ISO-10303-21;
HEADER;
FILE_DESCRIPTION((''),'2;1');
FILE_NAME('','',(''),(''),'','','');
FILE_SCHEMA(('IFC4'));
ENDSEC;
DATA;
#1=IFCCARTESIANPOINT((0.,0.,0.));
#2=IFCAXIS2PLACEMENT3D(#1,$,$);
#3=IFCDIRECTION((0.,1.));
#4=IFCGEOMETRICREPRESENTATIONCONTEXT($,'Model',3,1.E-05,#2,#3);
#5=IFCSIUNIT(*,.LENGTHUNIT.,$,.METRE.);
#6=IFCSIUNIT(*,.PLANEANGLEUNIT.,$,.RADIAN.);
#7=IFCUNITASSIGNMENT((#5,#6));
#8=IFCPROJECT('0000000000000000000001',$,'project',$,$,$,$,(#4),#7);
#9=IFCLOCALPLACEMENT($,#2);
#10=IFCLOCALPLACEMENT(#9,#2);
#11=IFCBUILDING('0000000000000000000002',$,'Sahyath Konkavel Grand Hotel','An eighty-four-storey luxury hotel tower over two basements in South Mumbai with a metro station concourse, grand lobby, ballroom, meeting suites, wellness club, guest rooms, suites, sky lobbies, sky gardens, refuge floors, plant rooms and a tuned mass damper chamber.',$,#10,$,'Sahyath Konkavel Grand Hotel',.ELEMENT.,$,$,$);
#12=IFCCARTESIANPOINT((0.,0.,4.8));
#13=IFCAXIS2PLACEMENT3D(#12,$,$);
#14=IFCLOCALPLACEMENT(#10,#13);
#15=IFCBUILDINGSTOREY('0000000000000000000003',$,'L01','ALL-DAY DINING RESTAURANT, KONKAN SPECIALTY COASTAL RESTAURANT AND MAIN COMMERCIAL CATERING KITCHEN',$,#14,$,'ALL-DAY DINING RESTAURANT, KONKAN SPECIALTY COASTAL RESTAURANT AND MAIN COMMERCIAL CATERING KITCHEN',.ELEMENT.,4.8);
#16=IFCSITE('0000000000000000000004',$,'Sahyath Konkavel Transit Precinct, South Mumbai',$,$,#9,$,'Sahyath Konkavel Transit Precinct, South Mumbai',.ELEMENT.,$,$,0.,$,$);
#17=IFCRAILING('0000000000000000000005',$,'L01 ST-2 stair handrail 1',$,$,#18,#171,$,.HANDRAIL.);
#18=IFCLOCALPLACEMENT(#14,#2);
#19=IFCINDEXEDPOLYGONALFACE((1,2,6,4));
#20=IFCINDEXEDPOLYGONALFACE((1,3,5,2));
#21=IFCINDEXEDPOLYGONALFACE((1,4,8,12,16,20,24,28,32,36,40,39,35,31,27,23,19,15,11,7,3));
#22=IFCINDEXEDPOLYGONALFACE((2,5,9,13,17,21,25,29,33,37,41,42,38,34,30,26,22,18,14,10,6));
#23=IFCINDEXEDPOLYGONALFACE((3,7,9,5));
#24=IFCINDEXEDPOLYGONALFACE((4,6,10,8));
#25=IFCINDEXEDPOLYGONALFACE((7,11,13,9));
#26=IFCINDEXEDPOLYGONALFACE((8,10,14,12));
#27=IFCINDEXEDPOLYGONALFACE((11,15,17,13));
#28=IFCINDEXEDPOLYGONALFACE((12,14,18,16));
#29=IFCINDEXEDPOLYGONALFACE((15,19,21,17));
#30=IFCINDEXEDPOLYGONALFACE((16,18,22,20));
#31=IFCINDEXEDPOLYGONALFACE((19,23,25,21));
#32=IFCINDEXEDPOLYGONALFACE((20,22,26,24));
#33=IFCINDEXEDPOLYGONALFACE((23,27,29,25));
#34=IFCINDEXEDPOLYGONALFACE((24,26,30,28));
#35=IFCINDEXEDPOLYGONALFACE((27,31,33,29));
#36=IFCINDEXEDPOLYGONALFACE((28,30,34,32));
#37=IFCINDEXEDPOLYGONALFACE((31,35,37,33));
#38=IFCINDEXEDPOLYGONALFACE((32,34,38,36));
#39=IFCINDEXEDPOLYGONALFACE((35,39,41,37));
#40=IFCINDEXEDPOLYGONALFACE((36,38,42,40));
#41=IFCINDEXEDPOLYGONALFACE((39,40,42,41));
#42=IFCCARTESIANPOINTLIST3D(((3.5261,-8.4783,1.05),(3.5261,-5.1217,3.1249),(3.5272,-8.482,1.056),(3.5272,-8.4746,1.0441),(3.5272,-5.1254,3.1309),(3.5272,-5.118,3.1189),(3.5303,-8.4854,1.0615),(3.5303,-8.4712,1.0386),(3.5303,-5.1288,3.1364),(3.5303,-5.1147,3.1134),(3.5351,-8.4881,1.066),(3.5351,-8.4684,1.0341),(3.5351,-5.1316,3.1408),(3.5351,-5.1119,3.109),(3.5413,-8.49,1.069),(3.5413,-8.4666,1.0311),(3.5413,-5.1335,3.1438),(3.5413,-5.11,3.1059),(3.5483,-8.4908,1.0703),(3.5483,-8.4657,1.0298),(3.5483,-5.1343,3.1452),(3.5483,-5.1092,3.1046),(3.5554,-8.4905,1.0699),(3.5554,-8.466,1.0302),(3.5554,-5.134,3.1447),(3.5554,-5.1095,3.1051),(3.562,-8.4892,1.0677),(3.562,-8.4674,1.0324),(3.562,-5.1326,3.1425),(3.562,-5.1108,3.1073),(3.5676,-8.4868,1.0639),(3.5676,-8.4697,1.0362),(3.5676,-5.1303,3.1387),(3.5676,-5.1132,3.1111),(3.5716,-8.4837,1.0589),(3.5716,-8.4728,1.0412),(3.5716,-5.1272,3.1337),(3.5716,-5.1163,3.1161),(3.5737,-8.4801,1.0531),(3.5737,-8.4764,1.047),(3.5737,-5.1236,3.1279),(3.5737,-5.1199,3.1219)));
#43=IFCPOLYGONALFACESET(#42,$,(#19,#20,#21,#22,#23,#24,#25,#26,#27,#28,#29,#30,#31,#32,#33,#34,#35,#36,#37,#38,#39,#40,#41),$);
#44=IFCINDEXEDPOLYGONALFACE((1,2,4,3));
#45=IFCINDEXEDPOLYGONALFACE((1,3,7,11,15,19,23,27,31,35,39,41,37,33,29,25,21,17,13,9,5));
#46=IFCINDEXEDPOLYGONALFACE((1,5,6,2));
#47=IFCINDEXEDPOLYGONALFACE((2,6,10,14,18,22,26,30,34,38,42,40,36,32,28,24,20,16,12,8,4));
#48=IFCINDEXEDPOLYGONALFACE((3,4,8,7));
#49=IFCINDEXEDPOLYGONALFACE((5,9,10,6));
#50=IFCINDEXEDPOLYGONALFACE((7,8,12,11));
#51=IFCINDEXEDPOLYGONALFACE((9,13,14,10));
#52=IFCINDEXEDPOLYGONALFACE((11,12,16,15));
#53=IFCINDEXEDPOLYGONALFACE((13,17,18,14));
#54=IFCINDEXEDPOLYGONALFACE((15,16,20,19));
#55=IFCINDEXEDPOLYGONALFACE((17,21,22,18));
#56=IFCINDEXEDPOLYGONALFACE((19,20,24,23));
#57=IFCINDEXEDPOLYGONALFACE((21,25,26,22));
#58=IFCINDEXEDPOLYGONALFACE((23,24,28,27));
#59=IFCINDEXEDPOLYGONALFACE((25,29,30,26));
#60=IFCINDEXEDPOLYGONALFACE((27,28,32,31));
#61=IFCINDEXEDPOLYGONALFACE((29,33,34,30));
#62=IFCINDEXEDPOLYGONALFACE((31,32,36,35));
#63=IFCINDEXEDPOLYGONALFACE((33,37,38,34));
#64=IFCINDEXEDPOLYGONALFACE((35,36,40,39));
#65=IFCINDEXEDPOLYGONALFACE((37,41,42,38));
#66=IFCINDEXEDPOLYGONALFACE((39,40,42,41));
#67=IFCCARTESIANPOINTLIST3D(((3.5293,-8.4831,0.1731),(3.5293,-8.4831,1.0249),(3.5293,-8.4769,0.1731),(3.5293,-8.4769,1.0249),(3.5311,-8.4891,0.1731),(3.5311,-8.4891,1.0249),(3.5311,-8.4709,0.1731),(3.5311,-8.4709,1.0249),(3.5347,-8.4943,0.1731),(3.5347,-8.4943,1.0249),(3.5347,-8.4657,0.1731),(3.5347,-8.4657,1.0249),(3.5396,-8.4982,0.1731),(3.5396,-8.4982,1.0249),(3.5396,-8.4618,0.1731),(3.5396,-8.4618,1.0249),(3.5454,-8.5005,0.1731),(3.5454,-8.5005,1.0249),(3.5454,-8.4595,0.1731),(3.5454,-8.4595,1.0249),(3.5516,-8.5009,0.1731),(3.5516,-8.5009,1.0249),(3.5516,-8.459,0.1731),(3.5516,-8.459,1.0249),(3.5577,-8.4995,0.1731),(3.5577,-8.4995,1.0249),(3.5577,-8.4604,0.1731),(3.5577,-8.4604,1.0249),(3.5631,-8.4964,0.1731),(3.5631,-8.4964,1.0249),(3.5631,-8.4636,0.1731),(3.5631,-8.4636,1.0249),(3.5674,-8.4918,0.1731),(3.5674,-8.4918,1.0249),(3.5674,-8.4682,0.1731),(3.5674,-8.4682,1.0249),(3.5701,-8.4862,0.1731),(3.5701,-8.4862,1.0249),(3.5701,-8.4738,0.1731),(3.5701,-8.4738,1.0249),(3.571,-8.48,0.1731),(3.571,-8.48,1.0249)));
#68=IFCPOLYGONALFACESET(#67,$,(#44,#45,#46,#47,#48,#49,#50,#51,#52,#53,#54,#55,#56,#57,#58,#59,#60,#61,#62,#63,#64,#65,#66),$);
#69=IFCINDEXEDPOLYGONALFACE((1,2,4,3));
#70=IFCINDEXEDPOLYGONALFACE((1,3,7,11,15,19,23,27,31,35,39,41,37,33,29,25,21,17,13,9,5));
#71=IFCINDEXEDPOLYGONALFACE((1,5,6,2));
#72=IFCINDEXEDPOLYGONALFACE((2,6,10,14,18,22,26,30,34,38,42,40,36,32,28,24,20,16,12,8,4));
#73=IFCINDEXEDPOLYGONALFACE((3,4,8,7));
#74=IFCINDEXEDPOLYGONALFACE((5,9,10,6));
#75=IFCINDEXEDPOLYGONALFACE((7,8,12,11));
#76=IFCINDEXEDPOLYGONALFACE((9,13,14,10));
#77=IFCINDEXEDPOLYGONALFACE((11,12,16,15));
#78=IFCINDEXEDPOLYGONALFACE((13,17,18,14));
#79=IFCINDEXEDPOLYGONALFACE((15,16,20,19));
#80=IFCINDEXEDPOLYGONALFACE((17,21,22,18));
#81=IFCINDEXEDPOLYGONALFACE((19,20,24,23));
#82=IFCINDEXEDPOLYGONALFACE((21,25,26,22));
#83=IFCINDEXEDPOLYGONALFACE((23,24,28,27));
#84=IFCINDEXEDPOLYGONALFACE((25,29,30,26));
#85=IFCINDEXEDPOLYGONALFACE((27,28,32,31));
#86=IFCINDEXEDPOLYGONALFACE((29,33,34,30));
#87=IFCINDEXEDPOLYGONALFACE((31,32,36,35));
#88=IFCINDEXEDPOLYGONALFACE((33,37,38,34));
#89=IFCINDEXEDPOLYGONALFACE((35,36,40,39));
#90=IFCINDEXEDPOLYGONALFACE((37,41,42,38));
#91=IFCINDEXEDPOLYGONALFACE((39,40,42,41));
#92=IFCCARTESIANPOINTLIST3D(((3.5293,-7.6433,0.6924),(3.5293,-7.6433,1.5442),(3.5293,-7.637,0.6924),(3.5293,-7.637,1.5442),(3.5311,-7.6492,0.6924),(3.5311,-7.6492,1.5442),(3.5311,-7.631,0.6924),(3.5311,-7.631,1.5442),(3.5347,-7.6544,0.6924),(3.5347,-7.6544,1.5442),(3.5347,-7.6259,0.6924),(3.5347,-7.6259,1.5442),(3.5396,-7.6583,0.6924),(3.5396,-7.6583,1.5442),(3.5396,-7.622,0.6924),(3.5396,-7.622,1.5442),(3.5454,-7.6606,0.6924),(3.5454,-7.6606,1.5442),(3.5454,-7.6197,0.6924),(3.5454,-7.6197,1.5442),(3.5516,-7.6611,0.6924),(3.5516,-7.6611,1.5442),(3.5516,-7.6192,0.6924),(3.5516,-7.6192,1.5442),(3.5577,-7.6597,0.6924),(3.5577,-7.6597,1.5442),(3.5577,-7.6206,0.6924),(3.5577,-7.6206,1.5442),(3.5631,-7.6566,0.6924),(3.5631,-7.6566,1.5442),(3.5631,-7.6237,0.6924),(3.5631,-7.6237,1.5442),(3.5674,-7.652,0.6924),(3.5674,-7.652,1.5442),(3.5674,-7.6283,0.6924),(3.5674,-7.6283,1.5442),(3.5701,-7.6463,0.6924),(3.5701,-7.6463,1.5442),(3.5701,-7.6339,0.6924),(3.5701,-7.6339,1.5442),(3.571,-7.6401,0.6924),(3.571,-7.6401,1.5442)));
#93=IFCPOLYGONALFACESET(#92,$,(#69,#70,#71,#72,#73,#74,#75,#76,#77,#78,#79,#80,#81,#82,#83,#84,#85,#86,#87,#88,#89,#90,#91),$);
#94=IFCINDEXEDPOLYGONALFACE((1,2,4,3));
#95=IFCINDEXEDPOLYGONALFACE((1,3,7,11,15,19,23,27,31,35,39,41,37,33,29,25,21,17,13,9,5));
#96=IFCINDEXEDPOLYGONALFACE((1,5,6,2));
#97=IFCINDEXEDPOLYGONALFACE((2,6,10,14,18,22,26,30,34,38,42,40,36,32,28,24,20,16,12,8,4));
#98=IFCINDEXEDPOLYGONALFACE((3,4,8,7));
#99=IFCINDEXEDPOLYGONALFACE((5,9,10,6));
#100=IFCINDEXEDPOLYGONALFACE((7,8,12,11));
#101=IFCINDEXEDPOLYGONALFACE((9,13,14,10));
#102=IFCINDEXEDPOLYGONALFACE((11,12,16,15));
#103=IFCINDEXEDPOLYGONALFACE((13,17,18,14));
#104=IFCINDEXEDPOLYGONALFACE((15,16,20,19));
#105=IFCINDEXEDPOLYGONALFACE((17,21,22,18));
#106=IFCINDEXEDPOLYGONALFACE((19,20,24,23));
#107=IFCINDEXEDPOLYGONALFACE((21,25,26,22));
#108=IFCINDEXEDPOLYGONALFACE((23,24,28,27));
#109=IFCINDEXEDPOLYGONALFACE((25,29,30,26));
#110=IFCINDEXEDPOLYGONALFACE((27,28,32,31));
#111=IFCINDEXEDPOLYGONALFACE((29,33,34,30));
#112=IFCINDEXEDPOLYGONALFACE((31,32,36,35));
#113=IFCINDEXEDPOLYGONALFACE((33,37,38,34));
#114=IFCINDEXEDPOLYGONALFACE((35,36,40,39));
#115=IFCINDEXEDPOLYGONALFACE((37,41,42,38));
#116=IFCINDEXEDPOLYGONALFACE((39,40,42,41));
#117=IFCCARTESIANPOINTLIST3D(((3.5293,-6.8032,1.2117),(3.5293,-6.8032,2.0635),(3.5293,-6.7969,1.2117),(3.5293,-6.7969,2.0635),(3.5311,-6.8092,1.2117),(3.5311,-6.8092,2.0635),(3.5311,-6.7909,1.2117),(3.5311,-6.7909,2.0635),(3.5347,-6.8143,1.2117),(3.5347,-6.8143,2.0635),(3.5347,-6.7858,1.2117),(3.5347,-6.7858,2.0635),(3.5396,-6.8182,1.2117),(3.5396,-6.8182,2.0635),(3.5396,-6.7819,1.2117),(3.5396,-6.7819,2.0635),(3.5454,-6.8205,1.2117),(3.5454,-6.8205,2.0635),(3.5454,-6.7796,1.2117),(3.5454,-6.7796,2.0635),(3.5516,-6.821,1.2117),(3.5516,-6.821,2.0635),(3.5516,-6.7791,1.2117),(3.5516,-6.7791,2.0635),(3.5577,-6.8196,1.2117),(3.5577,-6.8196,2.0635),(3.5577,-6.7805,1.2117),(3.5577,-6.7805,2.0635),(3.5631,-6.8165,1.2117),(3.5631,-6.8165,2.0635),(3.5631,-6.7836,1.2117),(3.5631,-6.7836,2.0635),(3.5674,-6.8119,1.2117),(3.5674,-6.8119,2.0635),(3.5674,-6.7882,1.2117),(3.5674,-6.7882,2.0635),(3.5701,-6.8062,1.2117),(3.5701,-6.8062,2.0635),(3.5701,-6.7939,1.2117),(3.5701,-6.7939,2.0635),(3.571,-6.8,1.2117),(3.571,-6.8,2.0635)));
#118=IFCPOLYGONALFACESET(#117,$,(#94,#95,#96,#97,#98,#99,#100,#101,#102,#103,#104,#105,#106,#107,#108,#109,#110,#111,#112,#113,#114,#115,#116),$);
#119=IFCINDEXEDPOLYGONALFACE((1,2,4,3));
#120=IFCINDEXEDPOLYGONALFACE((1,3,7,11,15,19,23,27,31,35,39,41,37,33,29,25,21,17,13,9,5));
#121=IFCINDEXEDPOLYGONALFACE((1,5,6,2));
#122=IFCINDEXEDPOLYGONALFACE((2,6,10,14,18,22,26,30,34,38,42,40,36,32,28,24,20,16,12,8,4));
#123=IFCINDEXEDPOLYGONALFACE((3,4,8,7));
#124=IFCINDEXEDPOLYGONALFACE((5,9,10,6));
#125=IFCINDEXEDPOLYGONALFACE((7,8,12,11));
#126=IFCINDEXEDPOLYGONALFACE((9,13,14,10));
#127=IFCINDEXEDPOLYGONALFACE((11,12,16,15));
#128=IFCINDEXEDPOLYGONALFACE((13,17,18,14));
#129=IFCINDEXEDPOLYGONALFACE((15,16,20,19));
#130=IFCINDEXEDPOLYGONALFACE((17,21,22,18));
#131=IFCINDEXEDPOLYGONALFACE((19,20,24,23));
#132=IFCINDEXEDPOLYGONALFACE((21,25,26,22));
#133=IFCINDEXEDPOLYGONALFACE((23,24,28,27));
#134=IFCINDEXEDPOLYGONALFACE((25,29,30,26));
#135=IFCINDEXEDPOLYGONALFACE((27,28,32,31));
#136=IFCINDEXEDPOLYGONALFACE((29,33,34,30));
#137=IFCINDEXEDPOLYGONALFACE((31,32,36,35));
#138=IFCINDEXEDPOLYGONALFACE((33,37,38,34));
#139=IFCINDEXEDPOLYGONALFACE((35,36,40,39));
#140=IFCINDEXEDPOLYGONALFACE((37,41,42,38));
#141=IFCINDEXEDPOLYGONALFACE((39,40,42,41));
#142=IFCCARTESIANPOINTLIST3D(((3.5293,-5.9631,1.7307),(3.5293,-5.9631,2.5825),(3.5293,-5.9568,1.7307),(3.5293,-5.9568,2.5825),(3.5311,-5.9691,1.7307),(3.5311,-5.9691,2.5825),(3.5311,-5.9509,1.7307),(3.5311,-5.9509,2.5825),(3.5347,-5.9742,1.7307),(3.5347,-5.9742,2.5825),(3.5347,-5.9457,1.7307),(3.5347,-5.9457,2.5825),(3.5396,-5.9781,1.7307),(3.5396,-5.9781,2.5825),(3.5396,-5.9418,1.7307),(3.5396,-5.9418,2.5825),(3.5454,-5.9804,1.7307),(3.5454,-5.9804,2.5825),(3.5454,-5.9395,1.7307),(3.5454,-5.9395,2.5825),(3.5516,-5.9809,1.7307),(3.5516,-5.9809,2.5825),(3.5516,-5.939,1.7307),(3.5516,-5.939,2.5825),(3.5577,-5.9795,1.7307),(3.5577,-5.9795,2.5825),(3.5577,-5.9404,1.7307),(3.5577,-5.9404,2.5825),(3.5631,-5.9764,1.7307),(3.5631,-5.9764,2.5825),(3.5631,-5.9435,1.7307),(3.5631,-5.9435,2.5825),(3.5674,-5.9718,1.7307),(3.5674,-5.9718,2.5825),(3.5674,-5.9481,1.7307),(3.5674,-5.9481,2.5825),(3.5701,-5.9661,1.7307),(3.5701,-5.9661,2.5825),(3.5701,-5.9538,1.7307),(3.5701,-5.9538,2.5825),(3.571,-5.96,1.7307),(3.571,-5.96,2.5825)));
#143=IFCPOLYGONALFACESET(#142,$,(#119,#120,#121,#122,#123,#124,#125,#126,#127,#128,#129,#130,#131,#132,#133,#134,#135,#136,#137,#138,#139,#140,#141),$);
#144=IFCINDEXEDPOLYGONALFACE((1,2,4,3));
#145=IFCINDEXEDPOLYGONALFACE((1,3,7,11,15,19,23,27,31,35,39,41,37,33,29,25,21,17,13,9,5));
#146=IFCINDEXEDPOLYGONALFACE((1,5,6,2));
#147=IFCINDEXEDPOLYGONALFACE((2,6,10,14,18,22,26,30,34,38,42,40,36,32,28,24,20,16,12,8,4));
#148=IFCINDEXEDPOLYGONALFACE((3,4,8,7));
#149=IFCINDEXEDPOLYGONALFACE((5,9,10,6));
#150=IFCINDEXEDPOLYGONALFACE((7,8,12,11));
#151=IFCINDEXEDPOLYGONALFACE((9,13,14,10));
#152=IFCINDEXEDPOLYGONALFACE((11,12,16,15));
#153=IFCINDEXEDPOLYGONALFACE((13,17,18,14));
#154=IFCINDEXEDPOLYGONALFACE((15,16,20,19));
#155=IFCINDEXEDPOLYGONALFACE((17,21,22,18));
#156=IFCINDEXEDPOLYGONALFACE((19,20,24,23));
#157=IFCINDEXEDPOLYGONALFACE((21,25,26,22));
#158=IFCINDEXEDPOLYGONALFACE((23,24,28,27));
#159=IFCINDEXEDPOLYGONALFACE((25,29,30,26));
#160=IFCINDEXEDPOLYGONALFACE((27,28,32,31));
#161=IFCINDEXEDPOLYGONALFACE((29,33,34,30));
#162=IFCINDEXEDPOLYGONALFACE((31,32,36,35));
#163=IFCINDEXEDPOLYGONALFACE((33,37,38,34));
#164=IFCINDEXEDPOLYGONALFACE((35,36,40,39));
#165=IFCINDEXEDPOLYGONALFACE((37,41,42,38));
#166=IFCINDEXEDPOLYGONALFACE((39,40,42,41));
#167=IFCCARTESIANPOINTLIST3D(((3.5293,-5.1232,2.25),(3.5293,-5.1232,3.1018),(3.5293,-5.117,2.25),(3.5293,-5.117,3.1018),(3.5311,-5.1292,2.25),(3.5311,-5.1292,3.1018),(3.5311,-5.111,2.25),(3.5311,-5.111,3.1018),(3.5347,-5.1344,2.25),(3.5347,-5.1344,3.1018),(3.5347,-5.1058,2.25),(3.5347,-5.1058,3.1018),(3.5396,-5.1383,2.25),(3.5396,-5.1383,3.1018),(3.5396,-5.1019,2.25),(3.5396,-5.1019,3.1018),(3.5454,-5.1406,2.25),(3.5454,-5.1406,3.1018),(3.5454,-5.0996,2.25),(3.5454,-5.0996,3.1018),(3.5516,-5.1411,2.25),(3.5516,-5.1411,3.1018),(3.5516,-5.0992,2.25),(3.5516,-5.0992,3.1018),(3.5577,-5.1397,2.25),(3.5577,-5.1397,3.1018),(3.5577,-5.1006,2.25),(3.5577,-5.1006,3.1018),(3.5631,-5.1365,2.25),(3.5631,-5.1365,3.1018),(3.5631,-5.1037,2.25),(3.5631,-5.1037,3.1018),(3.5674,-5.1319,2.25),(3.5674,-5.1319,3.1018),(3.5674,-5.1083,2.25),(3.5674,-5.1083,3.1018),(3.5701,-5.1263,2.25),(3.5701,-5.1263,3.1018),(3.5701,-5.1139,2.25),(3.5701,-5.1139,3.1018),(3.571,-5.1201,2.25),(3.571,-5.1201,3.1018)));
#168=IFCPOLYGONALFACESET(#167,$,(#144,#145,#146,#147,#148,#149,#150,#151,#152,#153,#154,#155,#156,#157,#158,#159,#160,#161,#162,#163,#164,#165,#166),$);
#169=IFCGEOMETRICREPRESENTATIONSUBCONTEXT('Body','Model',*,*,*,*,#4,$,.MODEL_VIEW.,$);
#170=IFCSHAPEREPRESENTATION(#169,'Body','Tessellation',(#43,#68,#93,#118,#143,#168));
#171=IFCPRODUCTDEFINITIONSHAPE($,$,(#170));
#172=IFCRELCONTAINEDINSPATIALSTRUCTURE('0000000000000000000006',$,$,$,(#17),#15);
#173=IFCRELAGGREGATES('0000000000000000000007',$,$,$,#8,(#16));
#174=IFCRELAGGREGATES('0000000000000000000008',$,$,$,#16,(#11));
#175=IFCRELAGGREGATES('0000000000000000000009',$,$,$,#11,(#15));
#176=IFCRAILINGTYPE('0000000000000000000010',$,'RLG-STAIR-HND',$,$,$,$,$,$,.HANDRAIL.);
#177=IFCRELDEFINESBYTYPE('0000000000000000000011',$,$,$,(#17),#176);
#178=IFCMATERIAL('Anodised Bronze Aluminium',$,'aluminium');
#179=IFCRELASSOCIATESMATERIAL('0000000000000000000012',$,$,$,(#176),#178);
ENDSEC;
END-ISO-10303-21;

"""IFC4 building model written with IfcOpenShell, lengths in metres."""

from ifc_helpers import new_model, si_unit, direction, frame, origin, origin_2d, place, context, subcontext, project, spatial, circle, extrude, material, type_object, element, save


model = new_model("IFC4")

# Units and contexts
model_context = context("Model", 3, precision=1e-05, world=origin(), true_north=direction((0.0, 1.0)))
body_context = subcontext(model_context, "Body", "Model", "MODEL_VIEW")
ifc_project = project(units=[si_unit("LENGTHUNIT", "METRE"), si_unit("PLANEANGLEUNIT", "RADIAN")], contexts=[model_context])

# Site, building, storey
site_placement = place(None, origin())
site = spatial("IfcSite", under=ifc_project, at=site_placement, Name="Sahyath Konkavel Transit Precinct, South Mumbai", LongName="Sahyath Konkavel Transit Precinct, South Mumbai", CompositionType="ELEMENT", RefElevation=0.0)
building_placement = place(site_placement, origin())
building = spatial("IfcBuilding", under=site, at=building_placement, Name="Sahyath Konkavel Grand Hotel", Description="An eighty-four-storey luxury hotel tower over two basements in South Mumbai with a metro station concourse, grand lobby, ballroom, meeting suites, wellness club, guest rooms, suites, sky lobbies, sky gardens, refuge floors, plant rooms and a tuned mass damper chamber.", LongName="Sahyath Konkavel Grand Hotel", CompositionType="ELEMENT")
storey_placement = place(building_placement, frame((0.0, 0.0, 4.8)))
storey = spatial("IfcBuildingStorey", under=building, at=storey_placement, Name="L01", Description="ALL-DAY DINING RESTAURANT, KONKAN SPECIALTY COASTAL RESTAURANT AND MAIN COMMERCIAL CATERING KITCHEN", LongName="ALL-DAY DINING RESTAURANT, KONKAN SPECIALTY COASTAL RESTAURANT AND MAIN COMMERCIAL CATERING KITCHEN", CompositionType="ELEMENT", Elevation=4.8)

# Railing
ifc_material_1 = material(Name="Anodised Bronze Aluminium", Category="aluminium")
railing_type_1 = type_object("IfcRailingType", Name="RLG-STAIR-HND", PredefinedType="HANDRAIL", material=ifc_material_1)
railing_1_placement = place(storey_placement, frame((3.55, -8.48, 0.1731)))
element("IfcRailing", 1, at=railing_1_placement, inside=storey, type_object=railing_type_1, Name="L01 ST-2 stair handrail 1", PredefinedType="HANDRAIL", context=body_context, shape_type="SweptSolid", body=[
    extrude(circle(Radius=0.0239, at=origin_2d()), frame((0.0, 0.0017, 0.877), z_axis=(0.0, 0.850606, 0.525803), x_axis=(-1.0, 0.0, 0.0)), (0.0, 0.0, 1.0), 3.946),
    extrude(circle(Radius=0.021, at=origin_2d()), origin(), (0.0, 0.0, 1.0), 0.8518),
    extrude(circle(Radius=0.021, at=origin_2d()), frame((0.0, 0.8398, 0.5193)), (0.0, 0.0, 1.0), 0.8518),
    extrude(circle(Radius=0.021, at=origin_2d()), frame((0.0, 1.6799, 1.0386)), (0.0, 0.0, 1.0), 0.8518),
    extrude(circle(Radius=0.021, at=origin_2d()), frame((0.0, 2.52, 1.5576)), (0.0, 0.0, 1.0), 0.8518),
    extrude(circle(Radius=0.021, at=origin_2d()), frame((0.0, 3.3599, 2.0769)), (0.0, 0.0, 1.0), 0.8518),
])

save(model, "model.ifc")
